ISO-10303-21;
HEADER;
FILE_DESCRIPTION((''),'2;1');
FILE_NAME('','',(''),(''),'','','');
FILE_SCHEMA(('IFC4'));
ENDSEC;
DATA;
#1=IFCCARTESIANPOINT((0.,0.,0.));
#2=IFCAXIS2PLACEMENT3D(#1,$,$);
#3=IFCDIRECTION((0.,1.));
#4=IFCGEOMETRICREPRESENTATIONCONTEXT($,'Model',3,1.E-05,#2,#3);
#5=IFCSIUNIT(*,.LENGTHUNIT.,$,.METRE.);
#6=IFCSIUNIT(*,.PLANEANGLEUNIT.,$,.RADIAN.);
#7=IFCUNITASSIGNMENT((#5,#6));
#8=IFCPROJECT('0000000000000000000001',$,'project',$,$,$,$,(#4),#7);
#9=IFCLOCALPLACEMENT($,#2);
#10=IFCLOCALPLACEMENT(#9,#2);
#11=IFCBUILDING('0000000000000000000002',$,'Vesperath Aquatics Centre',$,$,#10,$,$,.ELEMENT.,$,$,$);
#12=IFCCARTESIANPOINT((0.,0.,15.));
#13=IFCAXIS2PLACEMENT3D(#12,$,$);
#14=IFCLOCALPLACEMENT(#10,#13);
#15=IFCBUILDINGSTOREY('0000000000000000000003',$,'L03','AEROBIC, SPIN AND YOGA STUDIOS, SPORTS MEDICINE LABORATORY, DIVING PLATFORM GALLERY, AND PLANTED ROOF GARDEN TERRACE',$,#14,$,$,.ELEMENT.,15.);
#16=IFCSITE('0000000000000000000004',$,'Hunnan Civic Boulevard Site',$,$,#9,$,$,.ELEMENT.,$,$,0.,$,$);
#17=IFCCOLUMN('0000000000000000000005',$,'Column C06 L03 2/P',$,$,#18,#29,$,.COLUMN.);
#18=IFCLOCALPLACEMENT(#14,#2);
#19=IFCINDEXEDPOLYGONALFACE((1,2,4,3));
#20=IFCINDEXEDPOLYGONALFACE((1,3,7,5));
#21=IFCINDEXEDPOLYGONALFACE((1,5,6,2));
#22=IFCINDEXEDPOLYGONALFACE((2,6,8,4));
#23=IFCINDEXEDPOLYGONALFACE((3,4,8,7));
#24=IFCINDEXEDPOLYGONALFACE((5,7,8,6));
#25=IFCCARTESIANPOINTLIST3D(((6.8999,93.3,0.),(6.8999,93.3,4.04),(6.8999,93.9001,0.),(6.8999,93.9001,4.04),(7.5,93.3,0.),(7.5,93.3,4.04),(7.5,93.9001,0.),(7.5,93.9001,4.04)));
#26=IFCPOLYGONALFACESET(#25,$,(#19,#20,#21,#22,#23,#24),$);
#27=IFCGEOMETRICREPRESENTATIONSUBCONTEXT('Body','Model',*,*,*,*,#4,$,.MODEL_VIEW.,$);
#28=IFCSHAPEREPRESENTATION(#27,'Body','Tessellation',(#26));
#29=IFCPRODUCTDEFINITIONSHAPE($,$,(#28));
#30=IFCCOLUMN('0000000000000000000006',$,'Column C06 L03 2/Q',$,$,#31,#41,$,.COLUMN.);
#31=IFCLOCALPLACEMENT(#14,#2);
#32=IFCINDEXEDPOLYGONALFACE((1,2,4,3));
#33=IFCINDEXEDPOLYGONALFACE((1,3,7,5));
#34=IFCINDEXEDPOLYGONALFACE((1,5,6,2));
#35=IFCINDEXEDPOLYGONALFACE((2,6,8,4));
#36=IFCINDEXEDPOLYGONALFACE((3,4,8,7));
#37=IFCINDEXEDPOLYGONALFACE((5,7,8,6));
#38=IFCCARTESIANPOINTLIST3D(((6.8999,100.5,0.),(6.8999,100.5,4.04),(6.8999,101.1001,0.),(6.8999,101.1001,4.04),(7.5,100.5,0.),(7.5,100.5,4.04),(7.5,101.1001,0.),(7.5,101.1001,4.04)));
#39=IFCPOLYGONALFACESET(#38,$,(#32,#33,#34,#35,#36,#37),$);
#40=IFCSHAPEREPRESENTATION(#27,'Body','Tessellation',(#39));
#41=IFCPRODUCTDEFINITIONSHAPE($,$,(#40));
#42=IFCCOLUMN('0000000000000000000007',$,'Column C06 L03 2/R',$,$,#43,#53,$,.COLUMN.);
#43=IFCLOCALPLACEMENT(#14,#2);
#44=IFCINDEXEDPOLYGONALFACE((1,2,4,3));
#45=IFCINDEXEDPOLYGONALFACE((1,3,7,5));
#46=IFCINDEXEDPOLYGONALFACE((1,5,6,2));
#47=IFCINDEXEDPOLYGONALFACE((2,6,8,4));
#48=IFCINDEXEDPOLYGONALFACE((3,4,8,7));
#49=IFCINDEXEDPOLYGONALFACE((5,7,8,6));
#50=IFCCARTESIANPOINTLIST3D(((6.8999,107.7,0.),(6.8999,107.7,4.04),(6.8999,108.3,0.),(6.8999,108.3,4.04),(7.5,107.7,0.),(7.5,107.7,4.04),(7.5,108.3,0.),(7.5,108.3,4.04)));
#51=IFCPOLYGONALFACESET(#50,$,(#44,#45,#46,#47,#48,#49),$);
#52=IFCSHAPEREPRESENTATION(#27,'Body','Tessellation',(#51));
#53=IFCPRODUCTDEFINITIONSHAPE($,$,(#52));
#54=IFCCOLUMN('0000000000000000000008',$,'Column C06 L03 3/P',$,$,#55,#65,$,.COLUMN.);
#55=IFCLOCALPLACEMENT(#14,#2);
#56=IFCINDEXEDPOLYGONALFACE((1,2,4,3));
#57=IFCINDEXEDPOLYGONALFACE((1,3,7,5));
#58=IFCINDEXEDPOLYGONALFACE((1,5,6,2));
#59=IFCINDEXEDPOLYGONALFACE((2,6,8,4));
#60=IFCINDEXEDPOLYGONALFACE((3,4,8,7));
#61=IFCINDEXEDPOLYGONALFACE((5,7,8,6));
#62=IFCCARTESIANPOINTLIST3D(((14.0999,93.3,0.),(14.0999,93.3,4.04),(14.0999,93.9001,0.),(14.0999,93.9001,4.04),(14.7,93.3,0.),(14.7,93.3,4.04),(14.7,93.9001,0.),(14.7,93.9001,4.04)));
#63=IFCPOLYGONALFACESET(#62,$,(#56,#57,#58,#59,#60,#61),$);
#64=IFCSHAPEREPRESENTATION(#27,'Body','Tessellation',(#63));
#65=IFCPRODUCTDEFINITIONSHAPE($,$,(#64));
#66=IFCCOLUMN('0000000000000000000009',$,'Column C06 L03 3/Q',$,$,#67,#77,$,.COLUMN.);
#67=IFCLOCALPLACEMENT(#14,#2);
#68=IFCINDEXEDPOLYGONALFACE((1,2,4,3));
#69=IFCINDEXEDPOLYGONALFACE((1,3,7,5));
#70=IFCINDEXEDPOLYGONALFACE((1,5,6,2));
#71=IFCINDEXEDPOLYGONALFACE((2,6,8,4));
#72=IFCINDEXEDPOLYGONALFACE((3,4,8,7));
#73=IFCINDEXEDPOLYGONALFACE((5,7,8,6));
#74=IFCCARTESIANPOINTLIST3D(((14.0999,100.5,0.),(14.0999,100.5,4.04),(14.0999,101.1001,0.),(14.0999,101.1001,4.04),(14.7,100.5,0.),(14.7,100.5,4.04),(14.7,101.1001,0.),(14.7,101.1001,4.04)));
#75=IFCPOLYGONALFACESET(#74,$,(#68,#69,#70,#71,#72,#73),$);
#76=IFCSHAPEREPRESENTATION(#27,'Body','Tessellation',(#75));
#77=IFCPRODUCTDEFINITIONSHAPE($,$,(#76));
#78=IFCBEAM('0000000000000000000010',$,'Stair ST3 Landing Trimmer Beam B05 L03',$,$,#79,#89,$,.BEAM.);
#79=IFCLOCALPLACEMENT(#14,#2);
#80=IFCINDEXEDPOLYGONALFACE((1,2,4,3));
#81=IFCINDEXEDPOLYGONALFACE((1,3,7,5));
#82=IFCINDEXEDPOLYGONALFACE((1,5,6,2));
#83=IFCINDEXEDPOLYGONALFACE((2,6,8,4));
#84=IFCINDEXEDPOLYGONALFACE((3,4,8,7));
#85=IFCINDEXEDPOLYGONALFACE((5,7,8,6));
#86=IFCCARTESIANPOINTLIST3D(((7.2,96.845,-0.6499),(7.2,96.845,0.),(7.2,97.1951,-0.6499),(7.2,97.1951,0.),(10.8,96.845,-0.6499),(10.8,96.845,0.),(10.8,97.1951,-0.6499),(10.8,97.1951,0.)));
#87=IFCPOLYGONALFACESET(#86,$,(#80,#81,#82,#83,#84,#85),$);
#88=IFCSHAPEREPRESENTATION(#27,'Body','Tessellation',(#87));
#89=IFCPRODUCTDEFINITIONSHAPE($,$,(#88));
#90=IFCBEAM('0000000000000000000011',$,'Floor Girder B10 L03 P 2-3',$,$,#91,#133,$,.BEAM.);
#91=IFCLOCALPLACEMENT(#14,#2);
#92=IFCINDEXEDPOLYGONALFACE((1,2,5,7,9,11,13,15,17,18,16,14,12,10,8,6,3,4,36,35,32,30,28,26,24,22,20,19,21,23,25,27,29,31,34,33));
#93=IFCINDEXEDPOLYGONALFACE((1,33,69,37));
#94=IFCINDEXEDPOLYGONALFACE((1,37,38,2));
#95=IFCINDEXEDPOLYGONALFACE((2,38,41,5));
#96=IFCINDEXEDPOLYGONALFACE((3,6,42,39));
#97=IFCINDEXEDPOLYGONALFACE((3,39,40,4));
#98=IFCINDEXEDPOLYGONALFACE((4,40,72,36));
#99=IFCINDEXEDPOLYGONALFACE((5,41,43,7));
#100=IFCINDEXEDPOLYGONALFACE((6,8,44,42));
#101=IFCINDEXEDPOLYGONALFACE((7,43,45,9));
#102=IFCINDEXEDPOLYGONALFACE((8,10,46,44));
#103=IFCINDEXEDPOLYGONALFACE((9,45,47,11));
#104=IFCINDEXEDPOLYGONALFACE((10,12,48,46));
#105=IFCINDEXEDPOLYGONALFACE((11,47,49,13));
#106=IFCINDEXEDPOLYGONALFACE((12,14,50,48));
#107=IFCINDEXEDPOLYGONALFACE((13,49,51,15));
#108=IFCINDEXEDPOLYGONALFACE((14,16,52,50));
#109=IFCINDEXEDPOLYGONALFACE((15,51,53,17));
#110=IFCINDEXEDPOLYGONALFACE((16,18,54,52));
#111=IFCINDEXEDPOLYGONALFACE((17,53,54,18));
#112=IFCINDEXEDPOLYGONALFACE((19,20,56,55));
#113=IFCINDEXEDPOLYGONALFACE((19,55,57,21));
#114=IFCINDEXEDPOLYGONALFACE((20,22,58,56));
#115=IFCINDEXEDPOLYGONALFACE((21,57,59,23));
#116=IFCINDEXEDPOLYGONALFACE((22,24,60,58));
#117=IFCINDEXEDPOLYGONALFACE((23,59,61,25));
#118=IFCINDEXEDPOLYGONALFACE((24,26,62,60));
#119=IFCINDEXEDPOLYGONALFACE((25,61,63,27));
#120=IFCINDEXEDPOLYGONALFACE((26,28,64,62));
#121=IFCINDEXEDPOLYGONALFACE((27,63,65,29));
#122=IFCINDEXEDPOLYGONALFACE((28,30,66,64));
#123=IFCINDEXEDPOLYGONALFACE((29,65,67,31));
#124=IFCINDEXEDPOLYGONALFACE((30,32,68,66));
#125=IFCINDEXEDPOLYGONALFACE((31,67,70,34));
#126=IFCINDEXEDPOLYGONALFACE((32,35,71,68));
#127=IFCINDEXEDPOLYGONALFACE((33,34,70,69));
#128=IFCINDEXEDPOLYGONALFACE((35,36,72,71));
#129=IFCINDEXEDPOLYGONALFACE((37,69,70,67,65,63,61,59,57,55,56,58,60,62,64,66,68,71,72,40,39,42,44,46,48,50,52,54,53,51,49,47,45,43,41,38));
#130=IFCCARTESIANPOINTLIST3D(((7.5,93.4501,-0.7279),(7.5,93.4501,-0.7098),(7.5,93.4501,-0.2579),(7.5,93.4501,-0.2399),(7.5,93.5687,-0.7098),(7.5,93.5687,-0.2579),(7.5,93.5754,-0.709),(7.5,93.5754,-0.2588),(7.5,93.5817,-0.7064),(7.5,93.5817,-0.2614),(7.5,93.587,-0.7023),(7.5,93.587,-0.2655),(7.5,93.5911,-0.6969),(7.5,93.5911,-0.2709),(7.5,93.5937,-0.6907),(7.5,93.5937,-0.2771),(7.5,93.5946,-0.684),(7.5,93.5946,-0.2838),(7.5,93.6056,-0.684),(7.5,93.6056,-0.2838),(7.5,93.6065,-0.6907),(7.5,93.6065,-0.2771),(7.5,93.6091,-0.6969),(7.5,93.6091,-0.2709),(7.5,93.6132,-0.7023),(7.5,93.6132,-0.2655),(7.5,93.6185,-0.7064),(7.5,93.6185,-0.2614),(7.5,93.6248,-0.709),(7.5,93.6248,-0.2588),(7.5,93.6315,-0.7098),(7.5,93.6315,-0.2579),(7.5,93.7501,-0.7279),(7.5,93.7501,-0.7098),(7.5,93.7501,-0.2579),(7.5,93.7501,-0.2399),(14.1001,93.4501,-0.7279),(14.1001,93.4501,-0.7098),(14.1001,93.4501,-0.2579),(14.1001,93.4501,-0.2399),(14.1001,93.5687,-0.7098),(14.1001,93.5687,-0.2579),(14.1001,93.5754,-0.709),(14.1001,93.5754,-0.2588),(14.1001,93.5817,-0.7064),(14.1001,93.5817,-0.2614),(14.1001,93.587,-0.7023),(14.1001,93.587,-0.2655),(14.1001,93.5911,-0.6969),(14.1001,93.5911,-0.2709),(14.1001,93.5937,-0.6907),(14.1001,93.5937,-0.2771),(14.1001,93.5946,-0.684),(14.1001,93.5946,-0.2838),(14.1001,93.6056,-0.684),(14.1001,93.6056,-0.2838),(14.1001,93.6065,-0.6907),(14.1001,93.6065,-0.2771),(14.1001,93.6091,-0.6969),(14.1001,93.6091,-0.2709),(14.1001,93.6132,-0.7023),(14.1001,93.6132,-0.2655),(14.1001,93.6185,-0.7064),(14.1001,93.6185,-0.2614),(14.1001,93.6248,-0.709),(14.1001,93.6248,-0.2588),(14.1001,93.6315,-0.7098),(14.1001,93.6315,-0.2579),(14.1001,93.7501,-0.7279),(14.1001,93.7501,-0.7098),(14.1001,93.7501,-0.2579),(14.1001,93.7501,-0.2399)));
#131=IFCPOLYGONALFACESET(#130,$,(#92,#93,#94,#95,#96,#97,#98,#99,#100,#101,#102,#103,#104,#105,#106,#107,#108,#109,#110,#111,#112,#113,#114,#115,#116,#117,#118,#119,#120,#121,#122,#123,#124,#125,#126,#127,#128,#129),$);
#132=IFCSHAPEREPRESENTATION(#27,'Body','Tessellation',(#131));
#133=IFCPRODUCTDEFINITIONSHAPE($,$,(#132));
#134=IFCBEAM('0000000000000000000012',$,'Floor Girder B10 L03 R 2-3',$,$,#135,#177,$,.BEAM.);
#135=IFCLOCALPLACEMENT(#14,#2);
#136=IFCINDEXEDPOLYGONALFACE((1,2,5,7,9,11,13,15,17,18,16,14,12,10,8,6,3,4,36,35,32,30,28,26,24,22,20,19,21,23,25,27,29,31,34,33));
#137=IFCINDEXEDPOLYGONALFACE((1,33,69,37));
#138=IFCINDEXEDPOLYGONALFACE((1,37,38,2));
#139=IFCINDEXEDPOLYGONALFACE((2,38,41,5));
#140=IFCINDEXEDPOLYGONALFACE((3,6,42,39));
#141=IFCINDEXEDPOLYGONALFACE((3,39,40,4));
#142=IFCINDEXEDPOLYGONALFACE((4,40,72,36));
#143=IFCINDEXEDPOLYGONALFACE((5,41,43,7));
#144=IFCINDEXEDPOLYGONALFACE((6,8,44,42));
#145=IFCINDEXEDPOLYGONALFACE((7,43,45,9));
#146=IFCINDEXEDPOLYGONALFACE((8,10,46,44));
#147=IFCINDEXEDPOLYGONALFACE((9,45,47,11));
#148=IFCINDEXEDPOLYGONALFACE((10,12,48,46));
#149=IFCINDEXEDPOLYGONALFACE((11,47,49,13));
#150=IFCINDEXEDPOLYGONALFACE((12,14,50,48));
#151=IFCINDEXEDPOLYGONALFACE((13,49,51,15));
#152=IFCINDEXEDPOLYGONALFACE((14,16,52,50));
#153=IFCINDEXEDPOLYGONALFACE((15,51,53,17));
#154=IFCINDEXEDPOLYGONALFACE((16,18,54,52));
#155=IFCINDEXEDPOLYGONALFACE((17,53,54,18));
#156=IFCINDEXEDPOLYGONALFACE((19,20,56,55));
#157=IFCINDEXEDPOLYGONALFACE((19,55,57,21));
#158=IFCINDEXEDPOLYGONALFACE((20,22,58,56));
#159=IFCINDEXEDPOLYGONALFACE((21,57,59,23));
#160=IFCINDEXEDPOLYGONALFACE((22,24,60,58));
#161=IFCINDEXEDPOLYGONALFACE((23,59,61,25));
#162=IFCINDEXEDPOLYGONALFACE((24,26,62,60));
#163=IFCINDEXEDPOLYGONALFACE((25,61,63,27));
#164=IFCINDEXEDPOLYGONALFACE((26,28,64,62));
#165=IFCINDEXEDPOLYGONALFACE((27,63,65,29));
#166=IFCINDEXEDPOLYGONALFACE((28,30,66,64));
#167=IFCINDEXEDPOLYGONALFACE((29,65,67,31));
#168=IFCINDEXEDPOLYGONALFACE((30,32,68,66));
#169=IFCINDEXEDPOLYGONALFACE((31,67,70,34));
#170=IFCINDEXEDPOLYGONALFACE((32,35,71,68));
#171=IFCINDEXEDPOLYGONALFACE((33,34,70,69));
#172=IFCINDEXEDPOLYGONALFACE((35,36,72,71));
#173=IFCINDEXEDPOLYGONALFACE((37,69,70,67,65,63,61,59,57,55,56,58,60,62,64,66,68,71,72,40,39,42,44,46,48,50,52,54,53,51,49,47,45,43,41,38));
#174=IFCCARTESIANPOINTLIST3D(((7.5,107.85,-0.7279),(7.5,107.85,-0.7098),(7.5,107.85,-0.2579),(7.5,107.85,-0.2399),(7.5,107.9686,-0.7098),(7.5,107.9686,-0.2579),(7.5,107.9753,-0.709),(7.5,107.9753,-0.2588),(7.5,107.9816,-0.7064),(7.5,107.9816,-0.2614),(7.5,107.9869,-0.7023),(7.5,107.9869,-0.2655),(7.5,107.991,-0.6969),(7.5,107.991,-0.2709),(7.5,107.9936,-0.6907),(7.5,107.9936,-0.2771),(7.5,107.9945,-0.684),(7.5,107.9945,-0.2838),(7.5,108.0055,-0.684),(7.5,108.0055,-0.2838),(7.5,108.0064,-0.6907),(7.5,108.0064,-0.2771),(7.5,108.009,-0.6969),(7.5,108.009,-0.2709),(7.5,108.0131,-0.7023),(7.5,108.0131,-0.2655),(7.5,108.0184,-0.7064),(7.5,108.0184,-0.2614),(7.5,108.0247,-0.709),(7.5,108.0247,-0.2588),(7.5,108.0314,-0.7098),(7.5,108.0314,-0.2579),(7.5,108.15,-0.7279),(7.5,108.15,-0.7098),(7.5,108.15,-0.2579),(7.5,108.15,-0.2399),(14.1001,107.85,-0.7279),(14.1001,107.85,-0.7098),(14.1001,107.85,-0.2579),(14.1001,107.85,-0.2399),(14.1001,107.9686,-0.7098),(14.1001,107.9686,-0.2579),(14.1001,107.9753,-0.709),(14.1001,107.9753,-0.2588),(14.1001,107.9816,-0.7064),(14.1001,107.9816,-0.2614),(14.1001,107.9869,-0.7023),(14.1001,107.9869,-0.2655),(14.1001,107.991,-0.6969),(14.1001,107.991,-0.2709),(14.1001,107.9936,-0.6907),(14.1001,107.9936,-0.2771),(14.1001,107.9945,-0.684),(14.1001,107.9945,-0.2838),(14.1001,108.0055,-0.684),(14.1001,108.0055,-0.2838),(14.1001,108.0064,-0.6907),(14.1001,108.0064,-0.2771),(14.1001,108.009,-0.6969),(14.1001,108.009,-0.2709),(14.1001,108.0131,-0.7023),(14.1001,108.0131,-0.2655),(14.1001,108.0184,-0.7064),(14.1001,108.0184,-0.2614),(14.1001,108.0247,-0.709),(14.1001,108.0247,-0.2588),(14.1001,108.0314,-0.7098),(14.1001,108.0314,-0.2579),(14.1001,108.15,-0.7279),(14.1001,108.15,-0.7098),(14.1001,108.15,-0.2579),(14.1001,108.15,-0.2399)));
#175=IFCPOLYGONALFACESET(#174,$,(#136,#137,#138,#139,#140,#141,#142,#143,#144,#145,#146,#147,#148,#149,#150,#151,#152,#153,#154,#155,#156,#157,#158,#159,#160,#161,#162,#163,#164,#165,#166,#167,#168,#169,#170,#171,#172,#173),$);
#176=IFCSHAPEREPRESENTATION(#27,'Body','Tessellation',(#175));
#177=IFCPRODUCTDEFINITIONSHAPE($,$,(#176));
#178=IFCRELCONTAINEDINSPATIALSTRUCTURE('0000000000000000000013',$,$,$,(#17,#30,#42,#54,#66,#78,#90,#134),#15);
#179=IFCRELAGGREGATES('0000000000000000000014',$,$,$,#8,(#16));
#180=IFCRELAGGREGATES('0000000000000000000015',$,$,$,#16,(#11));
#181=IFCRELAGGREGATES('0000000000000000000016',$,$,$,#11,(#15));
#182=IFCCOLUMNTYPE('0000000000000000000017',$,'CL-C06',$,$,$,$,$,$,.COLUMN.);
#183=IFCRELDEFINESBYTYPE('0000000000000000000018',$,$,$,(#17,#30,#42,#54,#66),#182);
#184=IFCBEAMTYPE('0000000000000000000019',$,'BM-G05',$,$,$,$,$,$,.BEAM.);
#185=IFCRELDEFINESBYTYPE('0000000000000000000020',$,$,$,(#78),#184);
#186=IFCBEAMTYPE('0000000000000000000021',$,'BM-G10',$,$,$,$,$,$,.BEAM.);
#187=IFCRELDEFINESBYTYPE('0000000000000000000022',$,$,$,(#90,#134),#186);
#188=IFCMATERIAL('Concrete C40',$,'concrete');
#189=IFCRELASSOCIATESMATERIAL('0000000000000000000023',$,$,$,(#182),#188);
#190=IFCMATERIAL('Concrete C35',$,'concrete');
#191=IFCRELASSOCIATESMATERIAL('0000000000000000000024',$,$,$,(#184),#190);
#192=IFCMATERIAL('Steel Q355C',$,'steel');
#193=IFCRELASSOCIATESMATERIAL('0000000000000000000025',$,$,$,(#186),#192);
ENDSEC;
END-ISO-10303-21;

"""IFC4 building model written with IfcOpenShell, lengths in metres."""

from ifc_helpers import new_model, si_unit, direction, frame, origin, origin_2d, place, context, subcontext, project, spatial, rectangle, i_section, extrude, material, material_profile, profile_set, type_object, element, save


model = new_model("IFC4")

# Units and contexts
model_context = context("Model", 3, precision=1e-05, world=origin(), true_north=direction((0.0, 1.0)))
body_context = subcontext(model_context, "Body", "Model", "MODEL_VIEW")
ifc_project = project(units=[si_unit("LENGTHUNIT", "METRE"), si_unit("PLANEANGLEUNIT", "RADIAN")], contexts=[model_context])

# Site, building, storey
site_placement = place(None, origin())
site = spatial("IfcSite", under=ifc_project, at=site_placement, Name="Hunnan Civic Boulevard Site", CompositionType="ELEMENT", RefElevation=0.0)
building_placement = place(site_placement, origin())
building = spatial("IfcBuilding", under=site, at=building_placement, Name="Vesperath Aquatics Centre", CompositionType="ELEMENT")
storey_placement = place(building_placement, frame((0.0, 0.0, 15.0)))
storey = spatial("IfcBuildingStorey", under=building, at=storey_placement, Name="L03", Description="AEROBIC, SPIN AND YOGA STUDIOS, SPORTS MEDICINE LABORATORY, DIVING PLATFORM GALLERY, AND PLANTED ROOF GARDEN TERRACE", CompositionType="ELEMENT", Elevation=15.0)

# Columns
ifc_material_1 = material(Name="Concrete C40", Category="concrete")
ifc_material_profile_1 = material_profile(ifc_material_1, rectangle(XDim=0.6001, YDim=0.6001, at=origin_2d()), Name="RC 600x600")
ifc_profile_set_1 = profile_set([ifc_material_profile_1], Name="Concrete C40")
column_type = type_object("IfcColumnType", Name="CL-C06", PredefinedType="COLUMN", material=ifc_profile_set_1)
for number, where, z_axis, x_axis, name in (
    (1, (7.2, 93.6001, 0.0), (0.0, 0.0, 1.0), (1.0, 0.0, 0.0), "Column C06 L03 2/P"),
    (2, (7.2, 100.8, 0.0), (0.0, 0.0, 1.0), (1.0, 0.0, 0.0), "Column C06 L03 2/Q"),
    (3, (7.2, 108.0, 0.0), (0.0, 0.0, 1.0), (1.0, 0.0, 0.0), "Column C06 L03 2/R"),
    (4, (14.3999, 93.6001, 0.0), (0.0, 0.0, 1.0), (1.0, 0.0, 0.0), "Column C06 L03 3/P"),
    (5, (14.3999, 100.8, 0.0), (0.0, 0.0, 1.0), (1.0, 0.0, 0.0), "Column C06 L03 3/Q"),
):
    element("IfcColumn", number, at=place(storey_placement, frame(where, z_axis=z_axis, x_axis=x_axis)), inside=storey, type_object=column_type, Name=name, PredefinedType="COLUMN", context=body_context, shape_type="SweptSolid", body=[
        extrude(rectangle(XDim=0.6001, YDim=0.6001, at=origin_2d()), origin(), (0.0, 0.0, 1.0), 4.04),
    ])

# Beams
ifc_material_2 = material(Name="Concrete C35", Category="concrete")
ifc_material_profile_2 = material_profile(ifc_material_2, rectangle(XDim=0.3501, YDim=0.6499, at=origin_2d()), Name="RC 350x650")
ifc_profile_set_2 = profile_set([ifc_material_profile_2], Name="Concrete C35")
beam_type_1 = type_object("IfcBeamType", Name="BM-G05", PredefinedType="BEAM", material=ifc_profile_set_2)
beam_1_placement = place(storey_placement, frame((7.2, 97.02, -0.325), z_axis=(1.0, 0.0, 0.0), x_axis=(0.0, 1.0, 0.0)))
element("IfcBeam", 6, at=beam_1_placement, inside=storey, type_object=beam_type_1, Name="Stair ST3 Landing Trimmer Beam B05 L03", PredefinedType="BEAM", context=body_context, shape_type="SweptSolid", body=[
    extrude(rectangle(XDim=0.3501, YDim=0.6499, at=origin_2d()), origin(), (0.0, 0.0, 1.0), 3.6001),
])
ifc_material_3 = material(Name="Steel Q355C", Category="steel")
ifc_material_profile_3 = material_profile(ifc_material_3, i_section(OverallWidth=0.3, OverallDepth=0.488, WebThickness=0.011, FlangeThickness=0.0181, FilletRadius=0.0259, at=origin_2d()), Name="HM 488x300x11x18")
ifc_profile_set_3 = profile_set([ifc_material_profile_3], Name="Steel Q355C")
beam_type_2 = type_object("IfcBeamType", Name="BM-G10", PredefinedType="BEAM", material=ifc_profile_set_3)
for number, where, z_axis, x_axis, name in (
    (7, (7.5, 93.6001, -0.4839), (1.0, 0.0, 0.0), (0.0, 1.0, 0.0), "Floor Girder B10 L03 P 2-3"),
    (8, (7.5, 108.0, -0.4839), (1.0, 0.0, 0.0), (0.0, 1.0, 0.0), "Floor Girder B10 L03 R 2-3"),
):
    element("IfcBeam", number, at=place(storey_placement, frame(where, z_axis=z_axis, x_axis=x_axis)), inside=storey, type_object=beam_type_2, Name=name, PredefinedType="BEAM", context=body_context, shape_type="SweptSolid", body=[
        extrude(i_section(OverallWidth=0.3, OverallDepth=0.488, WebThickness=0.011, FlangeThickness=0.0181, FilletRadius=0.0259, at=origin_2d()), origin(), (0.0, 0.0, 1.0), 6.6001),
    ])

save(model, "model.ifc")
